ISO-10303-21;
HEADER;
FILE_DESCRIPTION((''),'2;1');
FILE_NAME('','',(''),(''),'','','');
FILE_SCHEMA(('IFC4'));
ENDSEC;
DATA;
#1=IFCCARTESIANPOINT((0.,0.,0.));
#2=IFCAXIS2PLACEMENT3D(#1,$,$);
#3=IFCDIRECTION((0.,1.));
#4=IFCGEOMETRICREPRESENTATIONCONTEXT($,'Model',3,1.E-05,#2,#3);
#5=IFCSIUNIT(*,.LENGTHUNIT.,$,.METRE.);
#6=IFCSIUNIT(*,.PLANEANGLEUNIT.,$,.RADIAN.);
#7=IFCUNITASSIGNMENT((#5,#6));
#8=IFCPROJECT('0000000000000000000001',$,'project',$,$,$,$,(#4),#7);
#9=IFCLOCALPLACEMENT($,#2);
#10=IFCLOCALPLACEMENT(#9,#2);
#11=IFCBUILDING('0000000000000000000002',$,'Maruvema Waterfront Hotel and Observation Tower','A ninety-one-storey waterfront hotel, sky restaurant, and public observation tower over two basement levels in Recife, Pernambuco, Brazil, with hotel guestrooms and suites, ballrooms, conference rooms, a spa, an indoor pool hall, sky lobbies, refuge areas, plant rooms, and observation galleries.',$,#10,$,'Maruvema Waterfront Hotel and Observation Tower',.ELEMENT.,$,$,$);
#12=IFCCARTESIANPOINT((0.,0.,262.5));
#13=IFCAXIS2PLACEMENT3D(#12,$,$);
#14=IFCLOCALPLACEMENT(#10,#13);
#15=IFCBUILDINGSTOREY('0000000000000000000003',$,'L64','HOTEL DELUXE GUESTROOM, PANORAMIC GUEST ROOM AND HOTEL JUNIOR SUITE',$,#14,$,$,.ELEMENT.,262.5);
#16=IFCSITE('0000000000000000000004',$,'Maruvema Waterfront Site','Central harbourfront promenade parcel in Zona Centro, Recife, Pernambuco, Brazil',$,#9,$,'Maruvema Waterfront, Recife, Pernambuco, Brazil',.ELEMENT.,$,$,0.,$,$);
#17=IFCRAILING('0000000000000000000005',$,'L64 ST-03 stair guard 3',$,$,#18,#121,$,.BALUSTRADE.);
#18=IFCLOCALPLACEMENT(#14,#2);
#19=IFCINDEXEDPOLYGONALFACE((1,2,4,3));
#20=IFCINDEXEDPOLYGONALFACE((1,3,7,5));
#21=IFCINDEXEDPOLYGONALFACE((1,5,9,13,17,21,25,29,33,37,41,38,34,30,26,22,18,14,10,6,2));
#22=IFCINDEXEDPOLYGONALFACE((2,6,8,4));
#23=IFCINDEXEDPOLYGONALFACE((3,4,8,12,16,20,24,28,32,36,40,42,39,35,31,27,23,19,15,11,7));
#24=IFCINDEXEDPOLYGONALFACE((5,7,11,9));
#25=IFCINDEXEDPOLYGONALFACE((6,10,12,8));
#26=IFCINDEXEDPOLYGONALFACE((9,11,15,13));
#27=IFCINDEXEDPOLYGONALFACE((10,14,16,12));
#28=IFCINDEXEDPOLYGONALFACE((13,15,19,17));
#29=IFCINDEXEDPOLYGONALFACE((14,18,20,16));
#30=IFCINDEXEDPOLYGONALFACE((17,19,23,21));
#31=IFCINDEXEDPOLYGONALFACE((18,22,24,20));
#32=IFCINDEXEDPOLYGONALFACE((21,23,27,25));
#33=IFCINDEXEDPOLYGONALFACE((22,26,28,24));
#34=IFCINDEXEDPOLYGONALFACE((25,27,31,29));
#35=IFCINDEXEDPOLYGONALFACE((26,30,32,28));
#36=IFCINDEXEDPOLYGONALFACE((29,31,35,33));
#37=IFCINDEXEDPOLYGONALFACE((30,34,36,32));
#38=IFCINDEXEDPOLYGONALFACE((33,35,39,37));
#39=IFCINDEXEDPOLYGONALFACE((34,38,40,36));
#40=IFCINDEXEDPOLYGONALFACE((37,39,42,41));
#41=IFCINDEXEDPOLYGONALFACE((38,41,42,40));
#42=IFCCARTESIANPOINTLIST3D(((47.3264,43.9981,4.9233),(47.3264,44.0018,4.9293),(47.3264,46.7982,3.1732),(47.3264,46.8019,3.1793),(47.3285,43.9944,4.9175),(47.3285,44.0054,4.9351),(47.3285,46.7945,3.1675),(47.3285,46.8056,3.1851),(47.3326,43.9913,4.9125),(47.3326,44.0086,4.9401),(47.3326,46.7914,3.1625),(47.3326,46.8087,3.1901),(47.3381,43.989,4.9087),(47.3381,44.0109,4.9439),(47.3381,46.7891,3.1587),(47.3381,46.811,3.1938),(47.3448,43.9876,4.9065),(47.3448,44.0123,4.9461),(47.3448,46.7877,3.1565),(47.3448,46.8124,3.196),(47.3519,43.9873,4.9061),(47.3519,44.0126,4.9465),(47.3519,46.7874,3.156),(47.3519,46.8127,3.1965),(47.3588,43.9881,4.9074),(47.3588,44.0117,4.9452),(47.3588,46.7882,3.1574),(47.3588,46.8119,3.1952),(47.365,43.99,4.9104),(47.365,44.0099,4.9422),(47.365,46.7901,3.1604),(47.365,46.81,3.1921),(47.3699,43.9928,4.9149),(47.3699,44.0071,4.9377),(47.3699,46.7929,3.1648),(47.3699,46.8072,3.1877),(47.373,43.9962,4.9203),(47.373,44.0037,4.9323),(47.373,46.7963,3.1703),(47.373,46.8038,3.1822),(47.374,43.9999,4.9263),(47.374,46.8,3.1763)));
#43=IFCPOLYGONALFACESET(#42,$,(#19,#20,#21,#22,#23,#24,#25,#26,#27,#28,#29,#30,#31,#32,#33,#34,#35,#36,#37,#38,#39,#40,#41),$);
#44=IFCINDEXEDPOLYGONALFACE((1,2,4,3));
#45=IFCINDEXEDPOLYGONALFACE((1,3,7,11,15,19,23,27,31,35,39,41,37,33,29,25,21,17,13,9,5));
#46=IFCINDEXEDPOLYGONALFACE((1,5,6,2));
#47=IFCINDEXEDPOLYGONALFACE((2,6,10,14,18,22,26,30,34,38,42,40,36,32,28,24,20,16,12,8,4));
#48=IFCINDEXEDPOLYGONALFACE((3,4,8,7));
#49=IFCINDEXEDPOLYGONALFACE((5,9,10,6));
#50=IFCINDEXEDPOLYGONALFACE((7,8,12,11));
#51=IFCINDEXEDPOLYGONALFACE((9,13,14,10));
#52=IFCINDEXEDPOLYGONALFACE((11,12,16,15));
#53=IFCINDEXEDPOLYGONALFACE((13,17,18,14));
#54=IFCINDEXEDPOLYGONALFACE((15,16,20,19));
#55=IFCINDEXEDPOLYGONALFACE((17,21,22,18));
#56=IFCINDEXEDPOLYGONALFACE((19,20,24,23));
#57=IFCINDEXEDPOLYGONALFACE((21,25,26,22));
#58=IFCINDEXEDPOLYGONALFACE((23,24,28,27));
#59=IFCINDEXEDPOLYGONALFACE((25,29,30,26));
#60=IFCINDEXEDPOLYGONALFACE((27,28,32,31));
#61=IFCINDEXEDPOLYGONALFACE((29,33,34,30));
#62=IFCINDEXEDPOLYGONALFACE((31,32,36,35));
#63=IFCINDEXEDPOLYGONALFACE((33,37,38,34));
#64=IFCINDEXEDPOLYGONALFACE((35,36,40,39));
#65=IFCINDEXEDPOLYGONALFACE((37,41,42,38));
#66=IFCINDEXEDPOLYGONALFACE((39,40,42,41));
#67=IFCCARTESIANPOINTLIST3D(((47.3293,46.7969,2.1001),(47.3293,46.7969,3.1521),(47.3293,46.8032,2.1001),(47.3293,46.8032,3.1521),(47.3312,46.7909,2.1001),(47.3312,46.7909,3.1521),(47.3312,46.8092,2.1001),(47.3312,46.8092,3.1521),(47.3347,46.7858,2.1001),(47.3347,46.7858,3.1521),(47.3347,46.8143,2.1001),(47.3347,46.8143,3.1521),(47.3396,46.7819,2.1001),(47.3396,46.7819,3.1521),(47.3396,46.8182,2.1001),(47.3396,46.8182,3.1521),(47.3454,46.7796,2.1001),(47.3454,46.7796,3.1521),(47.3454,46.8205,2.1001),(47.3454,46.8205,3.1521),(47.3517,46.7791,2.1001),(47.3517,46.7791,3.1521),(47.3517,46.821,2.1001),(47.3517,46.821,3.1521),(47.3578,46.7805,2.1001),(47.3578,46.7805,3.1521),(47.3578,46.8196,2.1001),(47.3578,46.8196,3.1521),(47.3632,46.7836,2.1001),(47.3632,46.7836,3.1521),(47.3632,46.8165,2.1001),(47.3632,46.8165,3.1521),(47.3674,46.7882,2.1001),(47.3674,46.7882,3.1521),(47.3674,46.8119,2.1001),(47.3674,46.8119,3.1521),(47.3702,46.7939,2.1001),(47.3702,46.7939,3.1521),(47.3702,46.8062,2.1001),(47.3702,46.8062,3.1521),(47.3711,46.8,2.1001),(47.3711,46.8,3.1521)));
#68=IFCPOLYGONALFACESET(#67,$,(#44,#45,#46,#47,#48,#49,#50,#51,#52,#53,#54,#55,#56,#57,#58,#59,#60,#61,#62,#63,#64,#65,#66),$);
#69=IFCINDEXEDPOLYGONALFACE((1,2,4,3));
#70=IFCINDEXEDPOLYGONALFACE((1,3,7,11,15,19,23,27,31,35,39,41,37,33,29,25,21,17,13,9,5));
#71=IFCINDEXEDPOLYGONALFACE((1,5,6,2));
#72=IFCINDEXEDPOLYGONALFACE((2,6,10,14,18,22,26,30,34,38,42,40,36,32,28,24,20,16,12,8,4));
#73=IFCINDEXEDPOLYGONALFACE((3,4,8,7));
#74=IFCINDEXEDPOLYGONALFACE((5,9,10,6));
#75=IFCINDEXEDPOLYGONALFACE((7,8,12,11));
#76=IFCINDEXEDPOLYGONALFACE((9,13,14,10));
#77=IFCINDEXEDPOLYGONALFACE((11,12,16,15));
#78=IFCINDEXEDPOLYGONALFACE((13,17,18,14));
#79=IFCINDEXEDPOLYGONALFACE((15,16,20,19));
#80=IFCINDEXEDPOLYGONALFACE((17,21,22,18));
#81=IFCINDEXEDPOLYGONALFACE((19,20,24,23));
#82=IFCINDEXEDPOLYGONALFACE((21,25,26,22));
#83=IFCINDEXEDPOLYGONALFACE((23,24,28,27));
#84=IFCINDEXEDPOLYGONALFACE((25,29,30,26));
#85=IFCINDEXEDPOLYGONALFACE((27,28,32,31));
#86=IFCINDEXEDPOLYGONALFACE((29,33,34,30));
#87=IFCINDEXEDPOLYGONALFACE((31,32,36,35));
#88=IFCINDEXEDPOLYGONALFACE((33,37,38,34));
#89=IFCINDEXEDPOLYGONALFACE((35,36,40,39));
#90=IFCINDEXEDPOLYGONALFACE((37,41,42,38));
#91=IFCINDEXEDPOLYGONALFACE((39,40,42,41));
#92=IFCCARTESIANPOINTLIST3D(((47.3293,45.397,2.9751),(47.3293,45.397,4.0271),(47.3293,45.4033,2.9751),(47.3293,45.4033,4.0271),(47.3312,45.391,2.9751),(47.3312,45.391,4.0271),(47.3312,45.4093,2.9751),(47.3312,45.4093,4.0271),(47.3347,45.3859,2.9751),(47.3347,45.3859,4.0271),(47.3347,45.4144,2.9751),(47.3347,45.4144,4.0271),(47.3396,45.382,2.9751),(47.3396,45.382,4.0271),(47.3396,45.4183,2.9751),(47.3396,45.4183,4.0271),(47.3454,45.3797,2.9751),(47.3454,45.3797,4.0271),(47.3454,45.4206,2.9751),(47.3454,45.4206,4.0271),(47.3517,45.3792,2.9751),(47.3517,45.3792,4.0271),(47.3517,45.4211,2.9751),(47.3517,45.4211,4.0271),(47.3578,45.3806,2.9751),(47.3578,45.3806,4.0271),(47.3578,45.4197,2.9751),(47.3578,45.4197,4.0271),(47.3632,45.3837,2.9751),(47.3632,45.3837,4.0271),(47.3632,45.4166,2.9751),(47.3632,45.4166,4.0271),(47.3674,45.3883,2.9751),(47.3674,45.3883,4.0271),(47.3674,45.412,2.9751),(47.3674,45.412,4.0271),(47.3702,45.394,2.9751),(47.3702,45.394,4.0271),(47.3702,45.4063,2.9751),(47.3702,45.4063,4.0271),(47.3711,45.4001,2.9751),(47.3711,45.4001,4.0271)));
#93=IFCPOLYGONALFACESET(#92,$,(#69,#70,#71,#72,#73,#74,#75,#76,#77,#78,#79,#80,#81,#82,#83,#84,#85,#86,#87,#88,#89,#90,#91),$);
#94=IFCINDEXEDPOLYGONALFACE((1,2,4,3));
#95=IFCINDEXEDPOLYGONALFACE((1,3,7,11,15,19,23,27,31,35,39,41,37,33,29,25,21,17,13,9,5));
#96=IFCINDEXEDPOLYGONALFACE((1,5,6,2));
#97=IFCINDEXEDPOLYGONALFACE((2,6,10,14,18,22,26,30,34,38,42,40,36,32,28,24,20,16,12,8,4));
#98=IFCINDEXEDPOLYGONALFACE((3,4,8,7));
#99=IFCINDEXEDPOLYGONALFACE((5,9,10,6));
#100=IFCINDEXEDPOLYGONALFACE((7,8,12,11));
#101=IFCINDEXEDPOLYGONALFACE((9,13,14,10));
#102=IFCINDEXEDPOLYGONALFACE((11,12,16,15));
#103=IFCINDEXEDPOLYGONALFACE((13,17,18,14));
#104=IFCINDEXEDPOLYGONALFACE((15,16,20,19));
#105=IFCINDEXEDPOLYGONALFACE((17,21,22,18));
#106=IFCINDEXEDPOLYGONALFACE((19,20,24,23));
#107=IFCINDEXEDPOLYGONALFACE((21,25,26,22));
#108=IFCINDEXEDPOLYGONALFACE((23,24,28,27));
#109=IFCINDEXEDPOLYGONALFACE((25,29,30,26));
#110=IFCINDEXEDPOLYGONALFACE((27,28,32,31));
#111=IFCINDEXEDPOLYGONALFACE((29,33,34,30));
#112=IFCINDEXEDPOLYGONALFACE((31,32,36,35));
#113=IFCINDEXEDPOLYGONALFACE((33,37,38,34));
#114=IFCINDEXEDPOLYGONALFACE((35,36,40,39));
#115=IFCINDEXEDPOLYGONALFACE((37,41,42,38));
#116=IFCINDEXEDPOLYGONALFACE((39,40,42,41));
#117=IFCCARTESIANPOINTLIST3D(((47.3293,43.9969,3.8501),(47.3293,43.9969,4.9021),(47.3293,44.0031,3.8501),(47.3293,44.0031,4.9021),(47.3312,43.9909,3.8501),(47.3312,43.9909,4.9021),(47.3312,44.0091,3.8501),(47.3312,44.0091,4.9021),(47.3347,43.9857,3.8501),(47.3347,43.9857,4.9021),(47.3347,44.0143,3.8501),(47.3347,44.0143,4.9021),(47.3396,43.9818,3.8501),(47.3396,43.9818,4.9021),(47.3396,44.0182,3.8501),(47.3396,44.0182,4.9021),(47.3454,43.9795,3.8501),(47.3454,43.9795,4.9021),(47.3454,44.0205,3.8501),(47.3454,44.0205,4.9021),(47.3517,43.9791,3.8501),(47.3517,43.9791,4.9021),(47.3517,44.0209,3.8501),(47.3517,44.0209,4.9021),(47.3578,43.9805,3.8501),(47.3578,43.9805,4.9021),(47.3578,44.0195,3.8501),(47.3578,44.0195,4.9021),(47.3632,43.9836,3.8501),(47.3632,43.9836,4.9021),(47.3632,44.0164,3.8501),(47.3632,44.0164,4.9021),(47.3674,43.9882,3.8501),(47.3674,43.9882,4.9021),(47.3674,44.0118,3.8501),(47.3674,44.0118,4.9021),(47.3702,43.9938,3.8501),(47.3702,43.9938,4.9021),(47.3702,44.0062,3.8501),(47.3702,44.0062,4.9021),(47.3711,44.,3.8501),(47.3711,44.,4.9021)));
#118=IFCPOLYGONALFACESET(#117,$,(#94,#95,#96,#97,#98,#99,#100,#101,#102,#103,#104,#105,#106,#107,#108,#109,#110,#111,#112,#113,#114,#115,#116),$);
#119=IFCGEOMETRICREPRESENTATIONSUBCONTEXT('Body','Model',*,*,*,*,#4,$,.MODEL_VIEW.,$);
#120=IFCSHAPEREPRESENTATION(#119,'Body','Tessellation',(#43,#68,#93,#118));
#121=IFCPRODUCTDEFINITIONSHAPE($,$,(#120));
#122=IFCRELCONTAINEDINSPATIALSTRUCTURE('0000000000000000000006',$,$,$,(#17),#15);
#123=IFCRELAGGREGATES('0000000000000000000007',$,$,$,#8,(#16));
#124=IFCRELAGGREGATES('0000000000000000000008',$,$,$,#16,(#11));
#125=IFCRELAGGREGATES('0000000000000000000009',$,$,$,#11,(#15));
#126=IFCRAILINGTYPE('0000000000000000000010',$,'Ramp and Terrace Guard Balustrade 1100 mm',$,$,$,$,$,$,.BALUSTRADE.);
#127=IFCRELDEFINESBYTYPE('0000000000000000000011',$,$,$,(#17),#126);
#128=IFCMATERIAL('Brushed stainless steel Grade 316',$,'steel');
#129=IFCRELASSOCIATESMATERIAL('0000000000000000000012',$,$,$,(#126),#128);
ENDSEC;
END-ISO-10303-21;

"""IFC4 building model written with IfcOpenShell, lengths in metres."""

from ifc_helpers import new_model, si_unit, direction, frame, origin, origin_2d, place, context, subcontext, project, spatial, circle, extrude, material, type_object, element, save


model = new_model("IFC4")

# Units and contexts
model_context = context("Model", 3, precision=1e-05, world=origin(), true_north=direction((0.0, 1.0)))
body_context = subcontext(model_context, "Body", "Model", "MODEL_VIEW")
ifc_project = project(units=[si_unit("LENGTHUNIT", "METRE"), si_unit("PLANEANGLEUNIT", "RADIAN")], contexts=[model_context])

# Site, building, storey
site_placement = place(None, origin())
site = spatial("IfcSite", under=ifc_project, at=site_placement, Name="Maruvema Waterfront Site", Description="Central harbourfront promenade parcel in Zona Centro, Recife, Pernambuco, Brazil", LongName="Maruvema Waterfront, Recife, Pernambuco, Brazil", CompositionType="ELEMENT", RefElevation=0.0)
building_placement = place(site_placement, origin())
building = spatial("IfcBuilding", under=site, at=building_placement, Name="Maruvema Waterfront Hotel and Observation Tower", Description="A ninety-one-storey waterfront hotel, sky restaurant, and public observation tower over two basement levels in Recife, Pernambuco, Brazil, with hotel guestrooms and suites, ballrooms, conference rooms, a spa, an indoor pool hall, sky lobbies, refuge areas, plant rooms, and observation galleries.", LongName="Maruvema Waterfront Hotel and Observation Tower", CompositionType="ELEMENT")
storey_placement = place(building_placement, frame((0.0, 0.0, 262.5)))
storey = spatial("IfcBuildingStorey", under=building, at=storey_placement, Name="L64", Description="HOTEL DELUXE GUESTROOM, PANORAMIC GUEST ROOM AND HOTEL JUNIOR SUITE", CompositionType="ELEMENT", Elevation=262.5)

# Railing
ifc_material_1 = material(Name="Brushed stainless steel Grade 316", Category="steel")
railing_type_1 = type_object("IfcRailingType", Name="Ramp and Terrace Guard Balustrade 1100 mm", PredefinedType="BALUSTRADE", material=ifc_material_1)
railing_1_placement = place(storey_placement, frame((47.3501, 46.8, 2.1001)))
element("IfcRailing", 1, at=railing_1_placement, inside=storey, type_object=railing_type_1, Name="L64 ST-03 stair guard 3", PredefinedType="BALUSTRADE", context=body_context, shape_type="SweptSolid", body=[
    extrude(circle(Radius=0.0239, at=origin_2d()), frame((0.0, 0.0, 1.0762), z_axis=(0.0, -0.848002, 0.529992), x_axis=(1.0, 0.0, 0.0)), (0.0, 0.0, 1.0), 3.302),
    extrude(circle(Radius=0.021, at=origin_2d()), origin(), (0.0, 0.0, 1.0), 1.052),
    extrude(circle(Radius=0.021, at=origin_2d()), frame((0.0, -1.3999, 0.875)), (0.0, 0.0, 1.0), 1.052),
    extrude(circle(Radius=0.021, at=origin_2d()), frame((0.0, -2.8, 1.75)), (0.0, 0.0, 1.0), 1.052),
])

save(model, "model.ifc")
